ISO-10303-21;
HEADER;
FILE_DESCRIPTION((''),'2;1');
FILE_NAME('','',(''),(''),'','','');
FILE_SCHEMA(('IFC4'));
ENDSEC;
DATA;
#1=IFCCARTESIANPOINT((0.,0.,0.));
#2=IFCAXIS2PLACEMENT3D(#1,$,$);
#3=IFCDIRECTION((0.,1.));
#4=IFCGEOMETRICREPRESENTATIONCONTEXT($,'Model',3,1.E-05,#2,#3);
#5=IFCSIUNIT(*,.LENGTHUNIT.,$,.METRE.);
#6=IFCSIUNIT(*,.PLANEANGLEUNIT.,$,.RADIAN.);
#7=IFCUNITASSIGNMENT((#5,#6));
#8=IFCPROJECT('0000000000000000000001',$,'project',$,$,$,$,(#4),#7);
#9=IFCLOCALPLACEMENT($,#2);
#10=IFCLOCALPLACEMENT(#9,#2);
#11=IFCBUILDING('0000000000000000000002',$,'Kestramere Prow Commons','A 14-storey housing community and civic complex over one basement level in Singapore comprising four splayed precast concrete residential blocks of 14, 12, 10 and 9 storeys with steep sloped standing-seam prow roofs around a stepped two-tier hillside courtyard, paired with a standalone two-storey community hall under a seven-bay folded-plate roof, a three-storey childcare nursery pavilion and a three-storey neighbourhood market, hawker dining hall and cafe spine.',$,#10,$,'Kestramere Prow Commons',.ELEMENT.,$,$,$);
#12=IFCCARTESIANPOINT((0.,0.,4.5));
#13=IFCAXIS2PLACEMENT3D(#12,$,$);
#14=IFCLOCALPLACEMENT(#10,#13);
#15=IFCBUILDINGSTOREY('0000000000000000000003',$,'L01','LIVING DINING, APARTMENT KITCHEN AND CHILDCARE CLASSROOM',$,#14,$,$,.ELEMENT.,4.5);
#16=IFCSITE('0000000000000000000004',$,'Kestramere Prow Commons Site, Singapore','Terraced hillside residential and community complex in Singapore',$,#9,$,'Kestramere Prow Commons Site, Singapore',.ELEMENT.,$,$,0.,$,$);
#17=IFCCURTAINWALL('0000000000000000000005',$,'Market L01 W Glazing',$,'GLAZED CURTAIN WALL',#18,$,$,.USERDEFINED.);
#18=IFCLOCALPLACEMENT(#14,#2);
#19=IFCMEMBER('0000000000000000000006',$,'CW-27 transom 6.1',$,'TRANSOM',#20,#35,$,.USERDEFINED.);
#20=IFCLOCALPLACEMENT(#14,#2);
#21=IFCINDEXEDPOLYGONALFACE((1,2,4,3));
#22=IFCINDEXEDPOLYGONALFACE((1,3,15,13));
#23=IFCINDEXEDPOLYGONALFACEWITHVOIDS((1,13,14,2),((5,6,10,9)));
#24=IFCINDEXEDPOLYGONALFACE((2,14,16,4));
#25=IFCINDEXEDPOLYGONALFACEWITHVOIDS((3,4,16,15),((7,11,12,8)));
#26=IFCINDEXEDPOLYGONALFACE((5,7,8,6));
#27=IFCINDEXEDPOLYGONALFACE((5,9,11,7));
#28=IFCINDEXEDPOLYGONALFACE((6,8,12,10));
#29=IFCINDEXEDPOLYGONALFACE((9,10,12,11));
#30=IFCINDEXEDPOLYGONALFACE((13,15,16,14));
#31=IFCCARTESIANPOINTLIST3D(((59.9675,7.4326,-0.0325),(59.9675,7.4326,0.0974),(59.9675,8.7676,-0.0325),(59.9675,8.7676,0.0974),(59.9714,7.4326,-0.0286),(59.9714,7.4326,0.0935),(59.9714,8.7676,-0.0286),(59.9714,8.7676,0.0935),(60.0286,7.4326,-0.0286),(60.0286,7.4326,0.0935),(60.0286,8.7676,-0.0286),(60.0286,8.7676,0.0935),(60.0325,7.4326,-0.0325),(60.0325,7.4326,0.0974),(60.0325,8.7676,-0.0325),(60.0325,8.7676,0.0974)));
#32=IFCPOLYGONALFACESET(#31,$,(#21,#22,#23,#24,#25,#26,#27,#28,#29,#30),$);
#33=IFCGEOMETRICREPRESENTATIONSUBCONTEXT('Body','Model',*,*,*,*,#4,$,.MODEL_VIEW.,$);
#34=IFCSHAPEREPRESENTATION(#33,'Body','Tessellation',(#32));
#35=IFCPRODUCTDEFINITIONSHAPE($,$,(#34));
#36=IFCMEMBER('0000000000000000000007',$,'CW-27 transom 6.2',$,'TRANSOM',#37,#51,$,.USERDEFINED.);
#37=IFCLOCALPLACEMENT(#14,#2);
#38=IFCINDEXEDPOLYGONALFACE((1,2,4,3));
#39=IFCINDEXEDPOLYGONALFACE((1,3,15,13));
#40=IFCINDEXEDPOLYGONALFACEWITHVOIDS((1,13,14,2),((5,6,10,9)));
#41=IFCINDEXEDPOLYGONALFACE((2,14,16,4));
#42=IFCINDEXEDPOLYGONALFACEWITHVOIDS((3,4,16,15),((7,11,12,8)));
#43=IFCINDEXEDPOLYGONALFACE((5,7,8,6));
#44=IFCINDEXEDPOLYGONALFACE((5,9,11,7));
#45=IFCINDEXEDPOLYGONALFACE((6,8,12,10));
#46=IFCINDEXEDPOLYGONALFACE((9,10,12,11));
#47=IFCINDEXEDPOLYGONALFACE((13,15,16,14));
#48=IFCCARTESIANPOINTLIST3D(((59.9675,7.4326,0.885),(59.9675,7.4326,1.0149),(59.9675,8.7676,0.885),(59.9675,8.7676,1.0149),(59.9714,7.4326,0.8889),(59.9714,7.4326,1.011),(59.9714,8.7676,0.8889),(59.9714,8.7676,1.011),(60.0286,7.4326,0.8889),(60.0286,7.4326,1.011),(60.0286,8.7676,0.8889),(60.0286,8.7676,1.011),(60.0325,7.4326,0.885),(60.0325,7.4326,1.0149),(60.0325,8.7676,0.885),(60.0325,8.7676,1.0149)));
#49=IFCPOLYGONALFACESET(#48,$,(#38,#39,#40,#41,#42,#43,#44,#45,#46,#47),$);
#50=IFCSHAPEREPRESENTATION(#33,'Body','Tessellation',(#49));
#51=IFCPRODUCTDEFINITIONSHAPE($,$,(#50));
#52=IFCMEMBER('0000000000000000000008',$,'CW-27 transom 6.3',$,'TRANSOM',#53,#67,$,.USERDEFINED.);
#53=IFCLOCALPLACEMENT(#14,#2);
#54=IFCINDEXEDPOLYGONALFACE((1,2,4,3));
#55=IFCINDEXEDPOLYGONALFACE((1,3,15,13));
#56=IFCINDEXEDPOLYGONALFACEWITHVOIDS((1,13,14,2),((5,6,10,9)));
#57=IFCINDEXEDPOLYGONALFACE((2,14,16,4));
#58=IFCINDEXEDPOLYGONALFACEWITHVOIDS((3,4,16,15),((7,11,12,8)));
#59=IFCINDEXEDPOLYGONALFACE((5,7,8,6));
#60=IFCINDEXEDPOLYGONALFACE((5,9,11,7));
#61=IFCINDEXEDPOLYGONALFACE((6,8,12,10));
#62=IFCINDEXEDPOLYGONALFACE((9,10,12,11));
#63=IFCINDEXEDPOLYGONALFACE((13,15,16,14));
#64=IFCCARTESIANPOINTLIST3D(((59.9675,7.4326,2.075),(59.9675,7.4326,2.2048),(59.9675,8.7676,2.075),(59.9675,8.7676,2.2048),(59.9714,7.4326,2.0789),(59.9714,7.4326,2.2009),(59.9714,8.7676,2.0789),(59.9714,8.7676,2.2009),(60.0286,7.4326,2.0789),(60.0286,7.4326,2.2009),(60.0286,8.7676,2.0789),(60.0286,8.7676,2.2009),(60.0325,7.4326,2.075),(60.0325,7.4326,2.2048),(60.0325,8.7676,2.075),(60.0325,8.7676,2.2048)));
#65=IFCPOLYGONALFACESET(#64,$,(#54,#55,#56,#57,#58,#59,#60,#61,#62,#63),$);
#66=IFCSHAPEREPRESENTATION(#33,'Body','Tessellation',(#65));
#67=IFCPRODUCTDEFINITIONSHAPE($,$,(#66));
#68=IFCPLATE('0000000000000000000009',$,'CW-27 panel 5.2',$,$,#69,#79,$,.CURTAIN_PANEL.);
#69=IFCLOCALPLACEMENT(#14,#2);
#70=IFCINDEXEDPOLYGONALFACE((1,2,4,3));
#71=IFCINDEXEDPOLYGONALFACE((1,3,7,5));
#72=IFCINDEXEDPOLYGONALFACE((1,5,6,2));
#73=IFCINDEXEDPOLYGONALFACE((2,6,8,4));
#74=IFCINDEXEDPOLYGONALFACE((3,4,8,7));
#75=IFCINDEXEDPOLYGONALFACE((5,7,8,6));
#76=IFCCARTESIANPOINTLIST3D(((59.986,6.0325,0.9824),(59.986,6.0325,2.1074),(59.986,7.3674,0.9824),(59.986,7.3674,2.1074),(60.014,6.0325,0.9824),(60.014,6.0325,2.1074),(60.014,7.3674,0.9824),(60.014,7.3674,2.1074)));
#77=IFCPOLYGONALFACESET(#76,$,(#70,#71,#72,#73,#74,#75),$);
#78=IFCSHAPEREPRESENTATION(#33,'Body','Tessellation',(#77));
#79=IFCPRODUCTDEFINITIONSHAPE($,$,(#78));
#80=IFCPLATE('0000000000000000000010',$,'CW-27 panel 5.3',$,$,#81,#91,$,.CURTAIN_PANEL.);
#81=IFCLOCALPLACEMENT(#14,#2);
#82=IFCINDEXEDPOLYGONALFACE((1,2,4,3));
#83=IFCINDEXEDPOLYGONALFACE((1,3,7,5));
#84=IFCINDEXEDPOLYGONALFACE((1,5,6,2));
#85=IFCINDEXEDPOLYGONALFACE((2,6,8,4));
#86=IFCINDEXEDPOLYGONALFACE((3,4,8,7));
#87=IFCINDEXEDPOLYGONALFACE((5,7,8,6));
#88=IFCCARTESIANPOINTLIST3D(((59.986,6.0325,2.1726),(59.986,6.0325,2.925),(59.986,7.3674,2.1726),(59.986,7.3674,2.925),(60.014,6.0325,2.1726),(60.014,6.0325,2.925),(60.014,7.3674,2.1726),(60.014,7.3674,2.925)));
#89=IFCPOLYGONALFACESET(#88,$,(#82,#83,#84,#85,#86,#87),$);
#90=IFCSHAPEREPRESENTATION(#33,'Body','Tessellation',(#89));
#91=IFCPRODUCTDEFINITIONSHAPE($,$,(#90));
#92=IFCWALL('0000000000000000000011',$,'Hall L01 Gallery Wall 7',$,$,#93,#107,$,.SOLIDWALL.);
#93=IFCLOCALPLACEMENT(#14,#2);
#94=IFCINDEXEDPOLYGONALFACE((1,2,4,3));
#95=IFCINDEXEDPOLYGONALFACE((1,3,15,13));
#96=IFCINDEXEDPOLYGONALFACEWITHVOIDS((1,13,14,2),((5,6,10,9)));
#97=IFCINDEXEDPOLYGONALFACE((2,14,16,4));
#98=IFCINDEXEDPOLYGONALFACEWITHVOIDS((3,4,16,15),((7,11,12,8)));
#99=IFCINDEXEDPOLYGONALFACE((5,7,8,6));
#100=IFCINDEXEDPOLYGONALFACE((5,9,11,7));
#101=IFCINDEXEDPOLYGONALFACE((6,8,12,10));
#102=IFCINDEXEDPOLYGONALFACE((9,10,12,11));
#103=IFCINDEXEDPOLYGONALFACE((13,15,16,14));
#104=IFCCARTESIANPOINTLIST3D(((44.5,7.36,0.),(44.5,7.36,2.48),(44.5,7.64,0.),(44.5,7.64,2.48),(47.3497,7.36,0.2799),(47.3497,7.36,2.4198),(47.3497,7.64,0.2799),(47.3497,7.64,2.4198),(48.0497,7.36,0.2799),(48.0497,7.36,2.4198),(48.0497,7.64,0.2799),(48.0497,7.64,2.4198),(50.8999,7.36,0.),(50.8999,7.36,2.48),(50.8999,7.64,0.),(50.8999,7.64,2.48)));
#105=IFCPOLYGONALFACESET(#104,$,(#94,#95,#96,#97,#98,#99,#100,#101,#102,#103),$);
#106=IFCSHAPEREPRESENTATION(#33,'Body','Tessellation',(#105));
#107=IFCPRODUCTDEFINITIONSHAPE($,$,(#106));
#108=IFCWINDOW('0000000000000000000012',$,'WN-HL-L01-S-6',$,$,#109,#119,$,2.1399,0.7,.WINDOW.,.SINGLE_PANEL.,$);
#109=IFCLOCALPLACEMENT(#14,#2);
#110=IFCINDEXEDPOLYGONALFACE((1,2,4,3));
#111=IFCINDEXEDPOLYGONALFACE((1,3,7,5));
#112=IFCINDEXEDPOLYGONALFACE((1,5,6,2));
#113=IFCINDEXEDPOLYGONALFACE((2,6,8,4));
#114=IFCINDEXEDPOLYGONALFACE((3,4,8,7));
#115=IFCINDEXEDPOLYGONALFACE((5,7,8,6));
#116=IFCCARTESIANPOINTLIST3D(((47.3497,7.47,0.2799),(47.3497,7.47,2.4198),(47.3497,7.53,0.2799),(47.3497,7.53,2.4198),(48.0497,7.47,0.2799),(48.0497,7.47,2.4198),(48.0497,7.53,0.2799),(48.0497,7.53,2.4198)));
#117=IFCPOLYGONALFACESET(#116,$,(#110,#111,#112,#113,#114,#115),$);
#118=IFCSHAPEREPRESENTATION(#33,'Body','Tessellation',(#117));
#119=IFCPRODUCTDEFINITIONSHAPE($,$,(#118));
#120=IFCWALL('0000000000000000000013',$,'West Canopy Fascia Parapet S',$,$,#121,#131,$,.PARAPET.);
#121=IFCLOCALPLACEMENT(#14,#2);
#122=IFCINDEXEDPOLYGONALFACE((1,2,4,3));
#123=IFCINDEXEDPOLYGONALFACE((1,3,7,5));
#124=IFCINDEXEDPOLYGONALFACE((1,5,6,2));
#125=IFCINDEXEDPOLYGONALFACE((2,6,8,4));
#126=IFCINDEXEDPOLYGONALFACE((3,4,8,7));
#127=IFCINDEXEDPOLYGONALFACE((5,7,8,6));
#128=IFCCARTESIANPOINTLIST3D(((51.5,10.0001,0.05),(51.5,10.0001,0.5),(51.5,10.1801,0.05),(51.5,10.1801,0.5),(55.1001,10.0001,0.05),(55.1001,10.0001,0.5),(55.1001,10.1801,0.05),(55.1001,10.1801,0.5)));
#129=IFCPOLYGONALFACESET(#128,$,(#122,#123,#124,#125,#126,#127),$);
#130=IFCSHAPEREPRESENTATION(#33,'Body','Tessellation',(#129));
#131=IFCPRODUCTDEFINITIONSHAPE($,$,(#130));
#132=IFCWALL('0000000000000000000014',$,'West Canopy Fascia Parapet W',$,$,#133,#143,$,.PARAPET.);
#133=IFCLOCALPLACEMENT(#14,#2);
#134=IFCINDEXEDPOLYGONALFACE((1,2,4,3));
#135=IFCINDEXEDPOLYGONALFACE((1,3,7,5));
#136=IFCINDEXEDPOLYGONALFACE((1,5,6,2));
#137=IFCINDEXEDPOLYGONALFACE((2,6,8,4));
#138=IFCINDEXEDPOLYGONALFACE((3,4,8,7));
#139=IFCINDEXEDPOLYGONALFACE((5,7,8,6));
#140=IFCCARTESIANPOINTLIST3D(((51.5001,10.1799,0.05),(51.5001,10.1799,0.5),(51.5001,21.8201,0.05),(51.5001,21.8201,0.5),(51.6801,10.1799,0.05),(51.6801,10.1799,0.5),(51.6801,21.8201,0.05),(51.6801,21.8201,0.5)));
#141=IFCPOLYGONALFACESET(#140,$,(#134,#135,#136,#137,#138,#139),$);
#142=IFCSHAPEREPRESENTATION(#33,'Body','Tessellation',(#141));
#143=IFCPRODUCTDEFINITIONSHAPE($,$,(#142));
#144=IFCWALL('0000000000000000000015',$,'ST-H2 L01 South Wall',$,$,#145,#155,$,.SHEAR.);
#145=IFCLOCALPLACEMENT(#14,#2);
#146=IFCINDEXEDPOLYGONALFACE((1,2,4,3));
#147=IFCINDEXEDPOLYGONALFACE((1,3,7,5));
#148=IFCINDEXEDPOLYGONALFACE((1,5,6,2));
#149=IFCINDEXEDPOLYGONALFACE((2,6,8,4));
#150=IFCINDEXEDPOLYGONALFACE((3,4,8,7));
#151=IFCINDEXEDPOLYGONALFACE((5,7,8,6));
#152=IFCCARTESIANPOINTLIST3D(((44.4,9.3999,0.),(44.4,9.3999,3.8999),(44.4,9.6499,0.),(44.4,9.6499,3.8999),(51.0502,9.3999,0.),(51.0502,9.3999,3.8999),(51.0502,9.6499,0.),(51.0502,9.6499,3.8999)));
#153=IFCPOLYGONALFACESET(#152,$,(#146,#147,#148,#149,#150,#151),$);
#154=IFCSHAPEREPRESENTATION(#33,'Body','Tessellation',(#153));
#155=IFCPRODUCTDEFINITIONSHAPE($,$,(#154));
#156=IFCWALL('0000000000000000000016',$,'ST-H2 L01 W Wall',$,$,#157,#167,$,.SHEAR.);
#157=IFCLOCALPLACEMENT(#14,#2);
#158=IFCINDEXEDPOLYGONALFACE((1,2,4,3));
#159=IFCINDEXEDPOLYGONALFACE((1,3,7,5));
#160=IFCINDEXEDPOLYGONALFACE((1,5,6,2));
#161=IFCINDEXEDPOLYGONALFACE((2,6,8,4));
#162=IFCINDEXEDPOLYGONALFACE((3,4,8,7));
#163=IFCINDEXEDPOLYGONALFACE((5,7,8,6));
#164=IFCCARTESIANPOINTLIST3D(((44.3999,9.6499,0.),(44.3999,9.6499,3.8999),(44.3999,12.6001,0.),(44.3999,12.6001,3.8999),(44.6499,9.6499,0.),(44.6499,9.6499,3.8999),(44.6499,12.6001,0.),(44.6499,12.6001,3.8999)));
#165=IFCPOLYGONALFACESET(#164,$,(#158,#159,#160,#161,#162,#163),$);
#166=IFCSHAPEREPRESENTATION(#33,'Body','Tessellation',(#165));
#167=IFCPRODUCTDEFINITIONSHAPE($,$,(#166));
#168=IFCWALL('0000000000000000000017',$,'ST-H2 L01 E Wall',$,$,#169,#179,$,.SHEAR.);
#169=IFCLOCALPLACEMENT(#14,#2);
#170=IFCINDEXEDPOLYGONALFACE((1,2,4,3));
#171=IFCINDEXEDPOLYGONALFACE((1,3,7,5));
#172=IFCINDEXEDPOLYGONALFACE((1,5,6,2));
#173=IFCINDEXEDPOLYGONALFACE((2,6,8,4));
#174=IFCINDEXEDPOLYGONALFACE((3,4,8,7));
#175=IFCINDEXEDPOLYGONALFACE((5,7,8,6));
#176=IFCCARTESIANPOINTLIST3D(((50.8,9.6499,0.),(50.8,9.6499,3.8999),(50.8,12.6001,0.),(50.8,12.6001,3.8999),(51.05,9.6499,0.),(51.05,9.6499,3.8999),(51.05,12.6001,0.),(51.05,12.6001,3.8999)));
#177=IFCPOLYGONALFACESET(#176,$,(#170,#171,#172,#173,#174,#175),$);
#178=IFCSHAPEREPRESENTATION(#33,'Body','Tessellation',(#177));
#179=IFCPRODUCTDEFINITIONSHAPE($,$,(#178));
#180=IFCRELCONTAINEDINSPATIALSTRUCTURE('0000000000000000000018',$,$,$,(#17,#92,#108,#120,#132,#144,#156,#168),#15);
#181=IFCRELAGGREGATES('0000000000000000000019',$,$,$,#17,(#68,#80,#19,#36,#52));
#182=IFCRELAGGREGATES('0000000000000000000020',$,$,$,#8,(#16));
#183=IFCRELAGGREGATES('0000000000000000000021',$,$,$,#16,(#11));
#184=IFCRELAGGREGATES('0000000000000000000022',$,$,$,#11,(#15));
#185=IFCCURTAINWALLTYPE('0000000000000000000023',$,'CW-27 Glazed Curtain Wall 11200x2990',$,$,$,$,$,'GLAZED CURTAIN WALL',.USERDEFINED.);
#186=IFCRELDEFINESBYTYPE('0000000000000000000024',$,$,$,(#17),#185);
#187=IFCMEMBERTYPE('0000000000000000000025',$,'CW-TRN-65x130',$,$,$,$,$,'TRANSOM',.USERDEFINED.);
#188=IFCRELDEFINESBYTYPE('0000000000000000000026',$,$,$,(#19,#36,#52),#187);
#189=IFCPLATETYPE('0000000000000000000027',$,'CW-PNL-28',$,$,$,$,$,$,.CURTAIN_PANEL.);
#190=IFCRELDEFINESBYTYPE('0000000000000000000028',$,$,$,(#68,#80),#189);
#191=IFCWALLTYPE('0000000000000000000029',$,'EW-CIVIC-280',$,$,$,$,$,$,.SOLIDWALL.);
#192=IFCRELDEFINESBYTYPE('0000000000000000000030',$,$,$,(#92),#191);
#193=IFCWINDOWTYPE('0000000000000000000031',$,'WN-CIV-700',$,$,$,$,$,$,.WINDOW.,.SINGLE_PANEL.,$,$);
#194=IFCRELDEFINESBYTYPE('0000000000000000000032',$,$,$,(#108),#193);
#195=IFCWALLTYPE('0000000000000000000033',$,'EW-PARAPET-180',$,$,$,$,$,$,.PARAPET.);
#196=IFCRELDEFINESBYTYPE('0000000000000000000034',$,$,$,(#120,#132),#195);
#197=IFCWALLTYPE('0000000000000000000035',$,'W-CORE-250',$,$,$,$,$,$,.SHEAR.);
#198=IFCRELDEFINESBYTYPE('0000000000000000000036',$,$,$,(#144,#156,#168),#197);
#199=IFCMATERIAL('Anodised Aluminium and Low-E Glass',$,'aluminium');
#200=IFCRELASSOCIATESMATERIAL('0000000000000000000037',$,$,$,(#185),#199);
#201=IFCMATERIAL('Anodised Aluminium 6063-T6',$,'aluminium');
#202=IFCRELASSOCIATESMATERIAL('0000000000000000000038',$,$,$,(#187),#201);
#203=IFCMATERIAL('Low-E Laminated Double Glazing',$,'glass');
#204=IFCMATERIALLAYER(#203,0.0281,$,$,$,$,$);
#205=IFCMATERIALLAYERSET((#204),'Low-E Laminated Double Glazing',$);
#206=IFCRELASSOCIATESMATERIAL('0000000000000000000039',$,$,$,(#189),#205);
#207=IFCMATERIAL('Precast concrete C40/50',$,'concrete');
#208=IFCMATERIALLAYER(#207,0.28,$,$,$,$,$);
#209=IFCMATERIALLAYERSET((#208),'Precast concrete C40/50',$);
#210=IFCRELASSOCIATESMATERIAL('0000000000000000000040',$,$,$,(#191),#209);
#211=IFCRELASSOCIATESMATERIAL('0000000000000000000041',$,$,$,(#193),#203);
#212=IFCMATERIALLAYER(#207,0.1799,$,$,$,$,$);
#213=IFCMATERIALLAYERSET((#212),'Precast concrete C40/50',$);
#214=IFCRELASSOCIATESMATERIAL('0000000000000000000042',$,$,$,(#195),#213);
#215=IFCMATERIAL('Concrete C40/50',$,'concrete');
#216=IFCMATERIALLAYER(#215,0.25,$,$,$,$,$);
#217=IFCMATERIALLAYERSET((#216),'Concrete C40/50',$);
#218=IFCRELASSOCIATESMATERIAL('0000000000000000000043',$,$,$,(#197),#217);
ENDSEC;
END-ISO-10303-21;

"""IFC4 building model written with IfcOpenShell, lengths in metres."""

from ifc_helpers import new_model, si_unit, direction, frame, frame_2d, origin, origin_2d, place, context, subcontext, project, spatial, rectangle, hollow_rectangle, extrude, material, layer, layer_set, material_profile, profile_set, type_object, element, fill, aggregate, save


model = new_model("IFC4")

# Units and contexts
model_context = context("Model", 3, precision=1e-05, world=origin(), true_north=direction((0.0, 1.0)))
body_context = subcontext(model_context, "Body", "Model", "MODEL_VIEW")
ifc_project = project(units=[si_unit("LENGTHUNIT", "METRE"), si_unit("PLANEANGLEUNIT", "RADIAN")], contexts=[model_context])

# Site, building, storey
site_placement = place(None, origin())
site = spatial("IfcSite", under=ifc_project, at=site_placement, Name="Kestramere Prow Commons Site, Singapore", Description="Terraced hillside residential and community complex in Singapore", LongName="Kestramere Prow Commons Site, Singapore", CompositionType="ELEMENT", RefElevation=0.0)
building_placement = place(site_placement, origin())
building = spatial("IfcBuilding", under=site, at=building_placement, Name="Kestramere Prow Commons", Description="A 14-storey housing community and civic complex over one basement level in Singapore comprising four splayed precast concrete residential blocks of 14, 12, 10 and 9 storeys with steep sloped standing-seam prow roofs around a stepped two-tier hillside courtyard, paired with a standalone two-storey community hall under a seven-bay folded-plate roof, a three-storey childcare nursery pavilion and a three-storey neighbourhood market, hawker dining hall and cafe spine.", LongName="Kestramere Prow Commons", CompositionType="ELEMENT")
storey_placement = place(building_placement, frame((0.0, 0.0, 4.5)))
storey = spatial("IfcBuildingStorey", under=building, at=storey_placement, Name="L01", Description="LIVING DINING, APARTMENT KITCHEN AND CHILDCARE CLASSROOM", CompositionType="ELEMENT", Elevation=4.5)

# Shared definitions
ifc_material_1 = material(Name="Precast concrete C40/50", Category="concrete")

# Curtain wall, members, plates
ifc_material_2 = material(Name="Anodised Aluminium and Low-E Glass", Category="aluminium")
curtain_wall_type = type_object("IfcCurtainWallType", Name="CW-27 Glazed Curtain Wall 11200x2990", ElementType="GLAZED CURTAIN WALL", PredefinedType="USERDEFINED", material=ifc_material_2)
curtain_wall_placement = place(storey_placement, origin())
curtain_wall = element("IfcCurtainWall", 1, at=curtain_wall_placement, inside=storey, type_object=curtain_wall_type, Name="Market L01 W Glazing", ObjectType="GLAZED CURTAIN WALL", PredefinedType="USERDEFINED")
ifc_material_3 = material(Name="Anodised Aluminium 6063-T6", Category="aluminium")
ifc_material_profile_1 = material_profile(ifc_material_3, hollow_rectangle(XDim=0.0649, YDim=0.1299, WallThickness=0.0039, at=origin_2d()), Name="ALU-TRN 65x130")
ifc_profile_set_1 = profile_set([ifc_material_profile_1], Name="Anodised Aluminium 6063-T6")
member_type_1 = type_object("IfcMemberType", Name="CW-TRN-65x130", ElementType="TRANSOM", PredefinedType="USERDEFINED", material=ifc_profile_set_1)
member_1_placement = place(storey_placement, frame((60.0, 7.4326, 0.0325), z_axis=(0.0, 1.0, 0.0), x_axis=(-1.0, 0.0, 0.0)))
member_1 = element("IfcMember", 2, at=member_1_placement, type_object=member_type_1, Name="CW-27 transom 6.1", ObjectType="TRANSOM", PredefinedType="USERDEFINED", context=body_context, shape_type="SweptSolid", body=[
    extrude(hollow_rectangle(XDim=0.0649, YDim=0.1299, WallThickness=0.0039, at=origin_2d()), origin(), (0.0, 0.0, 1.0), 1.335),
])
member_2_placement = place(storey_placement, frame((60.0, 7.4326, 0.95), z_axis=(0.0, 1.0, 0.0), x_axis=(-1.0, 0.0, 0.0)))
member_2 = element("IfcMember", 3, at=member_2_placement, type_object=member_type_1, Name="CW-27 transom 6.2", ObjectType="TRANSOM", PredefinedType="USERDEFINED", context=body_context, shape_type="SweptSolid", body=[
    extrude(hollow_rectangle(XDim=0.0649, YDim=0.1299, WallThickness=0.0039, at=origin_2d()), origin(), (0.0, 0.0, 1.0), 1.335),
])
member_3_placement = place(storey_placement, frame((60.0, 7.4326, 2.1399), z_axis=(0.0, 1.0, 0.0), x_axis=(-1.0, 0.0, 0.0)))
member_3 = element("IfcMember", 4, at=member_3_placement, type_object=member_type_1, Name="CW-27 transom 6.3", ObjectType="TRANSOM", PredefinedType="USERDEFINED", context=body_context, shape_type="SweptSolid", body=[
    extrude(hollow_rectangle(XDim=0.0649, YDim=0.1299, WallThickness=0.0039, at=origin_2d()), origin(), (0.0, 0.0, 1.0), 1.335),
])
ifc_material_4 = material(Name="Low-E Laminated Double Glazing", Category="glass")
ifc_layer_1 = layer(ifc_material_4, 0.0281)
ifc_layer_set_1 = layer_set([ifc_layer_1], Name="Low-E Laminated Double Glazing")
plate_type = type_object("IfcPlateType", Name="CW-PNL-28", PredefinedType="CURTAIN_PANEL", material=ifc_layer_set_1)
plate_1_placement = place(storey_placement, frame((60.0, 6.7, 0.9824), z_axis=(0.0, 0.0, 1.0), x_axis=(0.0, 1.0, 0.0)))
plate_1 = element("IfcPlate", 5, at=plate_1_placement, type_object=plate_type, Name="CW-27 panel 5.2", PredefinedType="CURTAIN_PANEL", context=body_context, shape_type="SweptSolid", body=[
    extrude(rectangle(XDim=1.335, YDim=0.0281, at=origin_2d()), origin(), (0.0, 0.0, 1.0), 1.125),
])
plate_2_placement = place(storey_placement, frame((60.0, 6.7, 2.1726), z_axis=(0.0, 0.0, 1.0), x_axis=(0.0, 1.0, 0.0)))
plate_2 = element("IfcPlate", 6, at=plate_2_placement, type_object=plate_type, Name="CW-27 panel 5.3", PredefinedType="CURTAIN_PANEL", context=body_context, shape_type="SweptSolid", body=[
    extrude(rectangle(XDim=1.335, YDim=0.0281, at=origin_2d()), origin(), (0.0, 0.0, 1.0), 0.7524),
])
aggregate(curtain_wall, [plate_1, plate_2, member_1, member_2, member_3])

# Wall, opening, window
ifc_layer_2 = layer(ifc_material_1, 0.28)
ifc_layer_set_2 = layer_set([ifc_layer_2], Name="Precast concrete C40/50")
wall_type_1 = type_object("IfcWallType", Name="EW-CIVIC-280", PredefinedType="SOLIDWALL", material=ifc_layer_set_2)
wall_1_placement = place(storey_placement, frame((50.8999, 7.5, 0.0), z_axis=(0.0, 0.0, 1.0), x_axis=(-1.0, 0.0, 0.0)))
wall_1 = element("IfcWall", 7, at=wall_1_placement, inside=storey, type_object=wall_type_1, Name="Hall L01 Gallery Wall 7", PredefinedType="SOLIDWALL", context=body_context, shape_type="SweptSolid", body=[
    extrude(rectangle(XDim=6.3999, YDim=0.28, at=frame_2d((3.2, 0.0))), origin(), (0.0, 0.0, 1.0), 2.48),
])
opening_placement = place(wall_1_placement, frame((2.8501, 0.0, 0.28)))
opening = element("IfcOpeningElement", 8, at=opening_placement, cuts=wall_1, PredefinedType="OPENING", context=body_context, shape_type="SweptSolid", body=[
    extrude(rectangle(XDim=0.7, YDim=2.1399, at=frame_2d((0.3501, 1.0698))), frame((0.0, 0.155, 0.0), z_axis=(0.0, -1.0, 0.0), x_axis=(1.0, 0.0, 0.0)), (0.0, 0.0, 1.0), 0.3101),
])
window_type = type_object("IfcWindowType", Name="WN-CIV-700", PartitioningType="SINGLE_PANEL", PredefinedType="WINDOW", material=ifc_material_4)
window_placement = place(opening_placement, origin())
window = element("IfcWindow", 9, at=window_placement, inside=storey, type_object=window_type, Name="WN-HL-L01-S-6", OverallHeight=2.1399, OverallWidth=0.7, PartitioningType="SINGLE_PANEL", PredefinedType="WINDOW", context=body_context, shape_type="SweptSolid", body=[
    extrude(rectangle(XDim=0.7, YDim=2.1399, at=frame_2d((0.3501, 1.0698))), frame((0.0, 0.03, 0.0), z_axis=(0.0, -1.0, 0.0), x_axis=(1.0, 0.0, 0.0)), (0.0, 0.0, 1.0), 0.0601),
])
fill(opening, window)

# Walls
ifc_layer_3 = layer(ifc_material_1, 0.1799)
ifc_layer_set_3 = layer_set([ifc_layer_3], Name="Precast concrete C40/50")
wall_type_2 = type_object("IfcWallType", Name="EW-PARAPET-180", PredefinedType="PARAPET", material=ifc_layer_set_3)
wall_2_placement = place(storey_placement, frame((55.1001, 10.0901, 0.05), z_axis=(0.0, 0.0, 1.0), x_axis=(-1.0, 0.0, 0.0)))
element("IfcWall", 10, at=wall_2_placement, inside=storey, type_object=wall_type_2, Name="West Canopy Fascia Parapet S", PredefinedType="PARAPET", context=body_context, shape_type="SweptSolid", body=[
    extrude(rectangle(XDim=3.6001, YDim=0.1799, at=frame_2d((1.8, 0.0))), origin(), (0.0, 0.0, 1.0), 0.45),
])
wall_3_placement = place(storey_placement, frame((51.5901, 10.1799, 0.05), z_axis=(0.0, 0.0, 1.0), x_axis=(0.0, 1.0, 0.0)))
element("IfcWall", 11, at=wall_3_placement, inside=storey, type_object=wall_type_2, Name="West Canopy Fascia Parapet W", PredefinedType="PARAPET", context=body_context, shape_type="SweptSolid", body=[
    extrude(rectangle(XDim=11.6401, YDim=0.1799, at=frame_2d((5.8201, 0.0))), origin(), (0.0, 0.0, 1.0), 0.45),
])
ifc_material_5 = material(Name="Concrete C40/50", Category="concrete")
ifc_layer_4 = layer(ifc_material_5, 0.25)
ifc_layer_set_4 = layer_set([ifc_layer_4], Name="Concrete C40/50")
wall_type_3 = type_object("IfcWallType", Name="W-CORE-250", PredefinedType="SHEAR", material=ifc_layer_set_4)
wall_4_placement = place(storey_placement, frame((44.3999, 9.5249, 0.0), z_axis=(0.0, 0.0, 1.0), x_axis=(1.0, 0.0, 0.0)))
element("IfcWall", 12, at=wall_4_placement, inside=storey, type_object=wall_type_3, Name="ST-H2 L01 South Wall", PredefinedType="SHEAR", context=body_context, shape_type="SweptSolid", body=[
    extrude(rectangle(XDim=6.6501, YDim=0.25, at=frame_2d((3.3252, 0.0))), origin(), (0.0, 0.0, 1.0), 3.8999),
])
for number, where, z_axis, x_axis, name in (
    (13, (44.5249, 9.6499, 0.0), (0.0, 0.0, 1.0), (0.0, 1.0, 0.0), "ST-H2 L01 W Wall"),
    (14, (50.925, 9.6499, 0.0), (0.0, 0.0, 1.0), (0.0, 1.0, 0.0), "ST-H2 L01 E Wall"),
):
    element("IfcWall", number, at=place(storey_placement, frame(where, z_axis=z_axis, x_axis=x_axis)), inside=storey, type_object=wall_type_3, Name=name, PredefinedType="SHEAR", context=body_context, shape_type="SweptSolid", body=[
        extrude(rectangle(XDim=2.9502, YDim=0.25, at=frame_2d((1.4751, 0.0))), origin(), (0.0, 0.0, 1.0), 3.8999),
    ])

save(model, "model.ifc")
